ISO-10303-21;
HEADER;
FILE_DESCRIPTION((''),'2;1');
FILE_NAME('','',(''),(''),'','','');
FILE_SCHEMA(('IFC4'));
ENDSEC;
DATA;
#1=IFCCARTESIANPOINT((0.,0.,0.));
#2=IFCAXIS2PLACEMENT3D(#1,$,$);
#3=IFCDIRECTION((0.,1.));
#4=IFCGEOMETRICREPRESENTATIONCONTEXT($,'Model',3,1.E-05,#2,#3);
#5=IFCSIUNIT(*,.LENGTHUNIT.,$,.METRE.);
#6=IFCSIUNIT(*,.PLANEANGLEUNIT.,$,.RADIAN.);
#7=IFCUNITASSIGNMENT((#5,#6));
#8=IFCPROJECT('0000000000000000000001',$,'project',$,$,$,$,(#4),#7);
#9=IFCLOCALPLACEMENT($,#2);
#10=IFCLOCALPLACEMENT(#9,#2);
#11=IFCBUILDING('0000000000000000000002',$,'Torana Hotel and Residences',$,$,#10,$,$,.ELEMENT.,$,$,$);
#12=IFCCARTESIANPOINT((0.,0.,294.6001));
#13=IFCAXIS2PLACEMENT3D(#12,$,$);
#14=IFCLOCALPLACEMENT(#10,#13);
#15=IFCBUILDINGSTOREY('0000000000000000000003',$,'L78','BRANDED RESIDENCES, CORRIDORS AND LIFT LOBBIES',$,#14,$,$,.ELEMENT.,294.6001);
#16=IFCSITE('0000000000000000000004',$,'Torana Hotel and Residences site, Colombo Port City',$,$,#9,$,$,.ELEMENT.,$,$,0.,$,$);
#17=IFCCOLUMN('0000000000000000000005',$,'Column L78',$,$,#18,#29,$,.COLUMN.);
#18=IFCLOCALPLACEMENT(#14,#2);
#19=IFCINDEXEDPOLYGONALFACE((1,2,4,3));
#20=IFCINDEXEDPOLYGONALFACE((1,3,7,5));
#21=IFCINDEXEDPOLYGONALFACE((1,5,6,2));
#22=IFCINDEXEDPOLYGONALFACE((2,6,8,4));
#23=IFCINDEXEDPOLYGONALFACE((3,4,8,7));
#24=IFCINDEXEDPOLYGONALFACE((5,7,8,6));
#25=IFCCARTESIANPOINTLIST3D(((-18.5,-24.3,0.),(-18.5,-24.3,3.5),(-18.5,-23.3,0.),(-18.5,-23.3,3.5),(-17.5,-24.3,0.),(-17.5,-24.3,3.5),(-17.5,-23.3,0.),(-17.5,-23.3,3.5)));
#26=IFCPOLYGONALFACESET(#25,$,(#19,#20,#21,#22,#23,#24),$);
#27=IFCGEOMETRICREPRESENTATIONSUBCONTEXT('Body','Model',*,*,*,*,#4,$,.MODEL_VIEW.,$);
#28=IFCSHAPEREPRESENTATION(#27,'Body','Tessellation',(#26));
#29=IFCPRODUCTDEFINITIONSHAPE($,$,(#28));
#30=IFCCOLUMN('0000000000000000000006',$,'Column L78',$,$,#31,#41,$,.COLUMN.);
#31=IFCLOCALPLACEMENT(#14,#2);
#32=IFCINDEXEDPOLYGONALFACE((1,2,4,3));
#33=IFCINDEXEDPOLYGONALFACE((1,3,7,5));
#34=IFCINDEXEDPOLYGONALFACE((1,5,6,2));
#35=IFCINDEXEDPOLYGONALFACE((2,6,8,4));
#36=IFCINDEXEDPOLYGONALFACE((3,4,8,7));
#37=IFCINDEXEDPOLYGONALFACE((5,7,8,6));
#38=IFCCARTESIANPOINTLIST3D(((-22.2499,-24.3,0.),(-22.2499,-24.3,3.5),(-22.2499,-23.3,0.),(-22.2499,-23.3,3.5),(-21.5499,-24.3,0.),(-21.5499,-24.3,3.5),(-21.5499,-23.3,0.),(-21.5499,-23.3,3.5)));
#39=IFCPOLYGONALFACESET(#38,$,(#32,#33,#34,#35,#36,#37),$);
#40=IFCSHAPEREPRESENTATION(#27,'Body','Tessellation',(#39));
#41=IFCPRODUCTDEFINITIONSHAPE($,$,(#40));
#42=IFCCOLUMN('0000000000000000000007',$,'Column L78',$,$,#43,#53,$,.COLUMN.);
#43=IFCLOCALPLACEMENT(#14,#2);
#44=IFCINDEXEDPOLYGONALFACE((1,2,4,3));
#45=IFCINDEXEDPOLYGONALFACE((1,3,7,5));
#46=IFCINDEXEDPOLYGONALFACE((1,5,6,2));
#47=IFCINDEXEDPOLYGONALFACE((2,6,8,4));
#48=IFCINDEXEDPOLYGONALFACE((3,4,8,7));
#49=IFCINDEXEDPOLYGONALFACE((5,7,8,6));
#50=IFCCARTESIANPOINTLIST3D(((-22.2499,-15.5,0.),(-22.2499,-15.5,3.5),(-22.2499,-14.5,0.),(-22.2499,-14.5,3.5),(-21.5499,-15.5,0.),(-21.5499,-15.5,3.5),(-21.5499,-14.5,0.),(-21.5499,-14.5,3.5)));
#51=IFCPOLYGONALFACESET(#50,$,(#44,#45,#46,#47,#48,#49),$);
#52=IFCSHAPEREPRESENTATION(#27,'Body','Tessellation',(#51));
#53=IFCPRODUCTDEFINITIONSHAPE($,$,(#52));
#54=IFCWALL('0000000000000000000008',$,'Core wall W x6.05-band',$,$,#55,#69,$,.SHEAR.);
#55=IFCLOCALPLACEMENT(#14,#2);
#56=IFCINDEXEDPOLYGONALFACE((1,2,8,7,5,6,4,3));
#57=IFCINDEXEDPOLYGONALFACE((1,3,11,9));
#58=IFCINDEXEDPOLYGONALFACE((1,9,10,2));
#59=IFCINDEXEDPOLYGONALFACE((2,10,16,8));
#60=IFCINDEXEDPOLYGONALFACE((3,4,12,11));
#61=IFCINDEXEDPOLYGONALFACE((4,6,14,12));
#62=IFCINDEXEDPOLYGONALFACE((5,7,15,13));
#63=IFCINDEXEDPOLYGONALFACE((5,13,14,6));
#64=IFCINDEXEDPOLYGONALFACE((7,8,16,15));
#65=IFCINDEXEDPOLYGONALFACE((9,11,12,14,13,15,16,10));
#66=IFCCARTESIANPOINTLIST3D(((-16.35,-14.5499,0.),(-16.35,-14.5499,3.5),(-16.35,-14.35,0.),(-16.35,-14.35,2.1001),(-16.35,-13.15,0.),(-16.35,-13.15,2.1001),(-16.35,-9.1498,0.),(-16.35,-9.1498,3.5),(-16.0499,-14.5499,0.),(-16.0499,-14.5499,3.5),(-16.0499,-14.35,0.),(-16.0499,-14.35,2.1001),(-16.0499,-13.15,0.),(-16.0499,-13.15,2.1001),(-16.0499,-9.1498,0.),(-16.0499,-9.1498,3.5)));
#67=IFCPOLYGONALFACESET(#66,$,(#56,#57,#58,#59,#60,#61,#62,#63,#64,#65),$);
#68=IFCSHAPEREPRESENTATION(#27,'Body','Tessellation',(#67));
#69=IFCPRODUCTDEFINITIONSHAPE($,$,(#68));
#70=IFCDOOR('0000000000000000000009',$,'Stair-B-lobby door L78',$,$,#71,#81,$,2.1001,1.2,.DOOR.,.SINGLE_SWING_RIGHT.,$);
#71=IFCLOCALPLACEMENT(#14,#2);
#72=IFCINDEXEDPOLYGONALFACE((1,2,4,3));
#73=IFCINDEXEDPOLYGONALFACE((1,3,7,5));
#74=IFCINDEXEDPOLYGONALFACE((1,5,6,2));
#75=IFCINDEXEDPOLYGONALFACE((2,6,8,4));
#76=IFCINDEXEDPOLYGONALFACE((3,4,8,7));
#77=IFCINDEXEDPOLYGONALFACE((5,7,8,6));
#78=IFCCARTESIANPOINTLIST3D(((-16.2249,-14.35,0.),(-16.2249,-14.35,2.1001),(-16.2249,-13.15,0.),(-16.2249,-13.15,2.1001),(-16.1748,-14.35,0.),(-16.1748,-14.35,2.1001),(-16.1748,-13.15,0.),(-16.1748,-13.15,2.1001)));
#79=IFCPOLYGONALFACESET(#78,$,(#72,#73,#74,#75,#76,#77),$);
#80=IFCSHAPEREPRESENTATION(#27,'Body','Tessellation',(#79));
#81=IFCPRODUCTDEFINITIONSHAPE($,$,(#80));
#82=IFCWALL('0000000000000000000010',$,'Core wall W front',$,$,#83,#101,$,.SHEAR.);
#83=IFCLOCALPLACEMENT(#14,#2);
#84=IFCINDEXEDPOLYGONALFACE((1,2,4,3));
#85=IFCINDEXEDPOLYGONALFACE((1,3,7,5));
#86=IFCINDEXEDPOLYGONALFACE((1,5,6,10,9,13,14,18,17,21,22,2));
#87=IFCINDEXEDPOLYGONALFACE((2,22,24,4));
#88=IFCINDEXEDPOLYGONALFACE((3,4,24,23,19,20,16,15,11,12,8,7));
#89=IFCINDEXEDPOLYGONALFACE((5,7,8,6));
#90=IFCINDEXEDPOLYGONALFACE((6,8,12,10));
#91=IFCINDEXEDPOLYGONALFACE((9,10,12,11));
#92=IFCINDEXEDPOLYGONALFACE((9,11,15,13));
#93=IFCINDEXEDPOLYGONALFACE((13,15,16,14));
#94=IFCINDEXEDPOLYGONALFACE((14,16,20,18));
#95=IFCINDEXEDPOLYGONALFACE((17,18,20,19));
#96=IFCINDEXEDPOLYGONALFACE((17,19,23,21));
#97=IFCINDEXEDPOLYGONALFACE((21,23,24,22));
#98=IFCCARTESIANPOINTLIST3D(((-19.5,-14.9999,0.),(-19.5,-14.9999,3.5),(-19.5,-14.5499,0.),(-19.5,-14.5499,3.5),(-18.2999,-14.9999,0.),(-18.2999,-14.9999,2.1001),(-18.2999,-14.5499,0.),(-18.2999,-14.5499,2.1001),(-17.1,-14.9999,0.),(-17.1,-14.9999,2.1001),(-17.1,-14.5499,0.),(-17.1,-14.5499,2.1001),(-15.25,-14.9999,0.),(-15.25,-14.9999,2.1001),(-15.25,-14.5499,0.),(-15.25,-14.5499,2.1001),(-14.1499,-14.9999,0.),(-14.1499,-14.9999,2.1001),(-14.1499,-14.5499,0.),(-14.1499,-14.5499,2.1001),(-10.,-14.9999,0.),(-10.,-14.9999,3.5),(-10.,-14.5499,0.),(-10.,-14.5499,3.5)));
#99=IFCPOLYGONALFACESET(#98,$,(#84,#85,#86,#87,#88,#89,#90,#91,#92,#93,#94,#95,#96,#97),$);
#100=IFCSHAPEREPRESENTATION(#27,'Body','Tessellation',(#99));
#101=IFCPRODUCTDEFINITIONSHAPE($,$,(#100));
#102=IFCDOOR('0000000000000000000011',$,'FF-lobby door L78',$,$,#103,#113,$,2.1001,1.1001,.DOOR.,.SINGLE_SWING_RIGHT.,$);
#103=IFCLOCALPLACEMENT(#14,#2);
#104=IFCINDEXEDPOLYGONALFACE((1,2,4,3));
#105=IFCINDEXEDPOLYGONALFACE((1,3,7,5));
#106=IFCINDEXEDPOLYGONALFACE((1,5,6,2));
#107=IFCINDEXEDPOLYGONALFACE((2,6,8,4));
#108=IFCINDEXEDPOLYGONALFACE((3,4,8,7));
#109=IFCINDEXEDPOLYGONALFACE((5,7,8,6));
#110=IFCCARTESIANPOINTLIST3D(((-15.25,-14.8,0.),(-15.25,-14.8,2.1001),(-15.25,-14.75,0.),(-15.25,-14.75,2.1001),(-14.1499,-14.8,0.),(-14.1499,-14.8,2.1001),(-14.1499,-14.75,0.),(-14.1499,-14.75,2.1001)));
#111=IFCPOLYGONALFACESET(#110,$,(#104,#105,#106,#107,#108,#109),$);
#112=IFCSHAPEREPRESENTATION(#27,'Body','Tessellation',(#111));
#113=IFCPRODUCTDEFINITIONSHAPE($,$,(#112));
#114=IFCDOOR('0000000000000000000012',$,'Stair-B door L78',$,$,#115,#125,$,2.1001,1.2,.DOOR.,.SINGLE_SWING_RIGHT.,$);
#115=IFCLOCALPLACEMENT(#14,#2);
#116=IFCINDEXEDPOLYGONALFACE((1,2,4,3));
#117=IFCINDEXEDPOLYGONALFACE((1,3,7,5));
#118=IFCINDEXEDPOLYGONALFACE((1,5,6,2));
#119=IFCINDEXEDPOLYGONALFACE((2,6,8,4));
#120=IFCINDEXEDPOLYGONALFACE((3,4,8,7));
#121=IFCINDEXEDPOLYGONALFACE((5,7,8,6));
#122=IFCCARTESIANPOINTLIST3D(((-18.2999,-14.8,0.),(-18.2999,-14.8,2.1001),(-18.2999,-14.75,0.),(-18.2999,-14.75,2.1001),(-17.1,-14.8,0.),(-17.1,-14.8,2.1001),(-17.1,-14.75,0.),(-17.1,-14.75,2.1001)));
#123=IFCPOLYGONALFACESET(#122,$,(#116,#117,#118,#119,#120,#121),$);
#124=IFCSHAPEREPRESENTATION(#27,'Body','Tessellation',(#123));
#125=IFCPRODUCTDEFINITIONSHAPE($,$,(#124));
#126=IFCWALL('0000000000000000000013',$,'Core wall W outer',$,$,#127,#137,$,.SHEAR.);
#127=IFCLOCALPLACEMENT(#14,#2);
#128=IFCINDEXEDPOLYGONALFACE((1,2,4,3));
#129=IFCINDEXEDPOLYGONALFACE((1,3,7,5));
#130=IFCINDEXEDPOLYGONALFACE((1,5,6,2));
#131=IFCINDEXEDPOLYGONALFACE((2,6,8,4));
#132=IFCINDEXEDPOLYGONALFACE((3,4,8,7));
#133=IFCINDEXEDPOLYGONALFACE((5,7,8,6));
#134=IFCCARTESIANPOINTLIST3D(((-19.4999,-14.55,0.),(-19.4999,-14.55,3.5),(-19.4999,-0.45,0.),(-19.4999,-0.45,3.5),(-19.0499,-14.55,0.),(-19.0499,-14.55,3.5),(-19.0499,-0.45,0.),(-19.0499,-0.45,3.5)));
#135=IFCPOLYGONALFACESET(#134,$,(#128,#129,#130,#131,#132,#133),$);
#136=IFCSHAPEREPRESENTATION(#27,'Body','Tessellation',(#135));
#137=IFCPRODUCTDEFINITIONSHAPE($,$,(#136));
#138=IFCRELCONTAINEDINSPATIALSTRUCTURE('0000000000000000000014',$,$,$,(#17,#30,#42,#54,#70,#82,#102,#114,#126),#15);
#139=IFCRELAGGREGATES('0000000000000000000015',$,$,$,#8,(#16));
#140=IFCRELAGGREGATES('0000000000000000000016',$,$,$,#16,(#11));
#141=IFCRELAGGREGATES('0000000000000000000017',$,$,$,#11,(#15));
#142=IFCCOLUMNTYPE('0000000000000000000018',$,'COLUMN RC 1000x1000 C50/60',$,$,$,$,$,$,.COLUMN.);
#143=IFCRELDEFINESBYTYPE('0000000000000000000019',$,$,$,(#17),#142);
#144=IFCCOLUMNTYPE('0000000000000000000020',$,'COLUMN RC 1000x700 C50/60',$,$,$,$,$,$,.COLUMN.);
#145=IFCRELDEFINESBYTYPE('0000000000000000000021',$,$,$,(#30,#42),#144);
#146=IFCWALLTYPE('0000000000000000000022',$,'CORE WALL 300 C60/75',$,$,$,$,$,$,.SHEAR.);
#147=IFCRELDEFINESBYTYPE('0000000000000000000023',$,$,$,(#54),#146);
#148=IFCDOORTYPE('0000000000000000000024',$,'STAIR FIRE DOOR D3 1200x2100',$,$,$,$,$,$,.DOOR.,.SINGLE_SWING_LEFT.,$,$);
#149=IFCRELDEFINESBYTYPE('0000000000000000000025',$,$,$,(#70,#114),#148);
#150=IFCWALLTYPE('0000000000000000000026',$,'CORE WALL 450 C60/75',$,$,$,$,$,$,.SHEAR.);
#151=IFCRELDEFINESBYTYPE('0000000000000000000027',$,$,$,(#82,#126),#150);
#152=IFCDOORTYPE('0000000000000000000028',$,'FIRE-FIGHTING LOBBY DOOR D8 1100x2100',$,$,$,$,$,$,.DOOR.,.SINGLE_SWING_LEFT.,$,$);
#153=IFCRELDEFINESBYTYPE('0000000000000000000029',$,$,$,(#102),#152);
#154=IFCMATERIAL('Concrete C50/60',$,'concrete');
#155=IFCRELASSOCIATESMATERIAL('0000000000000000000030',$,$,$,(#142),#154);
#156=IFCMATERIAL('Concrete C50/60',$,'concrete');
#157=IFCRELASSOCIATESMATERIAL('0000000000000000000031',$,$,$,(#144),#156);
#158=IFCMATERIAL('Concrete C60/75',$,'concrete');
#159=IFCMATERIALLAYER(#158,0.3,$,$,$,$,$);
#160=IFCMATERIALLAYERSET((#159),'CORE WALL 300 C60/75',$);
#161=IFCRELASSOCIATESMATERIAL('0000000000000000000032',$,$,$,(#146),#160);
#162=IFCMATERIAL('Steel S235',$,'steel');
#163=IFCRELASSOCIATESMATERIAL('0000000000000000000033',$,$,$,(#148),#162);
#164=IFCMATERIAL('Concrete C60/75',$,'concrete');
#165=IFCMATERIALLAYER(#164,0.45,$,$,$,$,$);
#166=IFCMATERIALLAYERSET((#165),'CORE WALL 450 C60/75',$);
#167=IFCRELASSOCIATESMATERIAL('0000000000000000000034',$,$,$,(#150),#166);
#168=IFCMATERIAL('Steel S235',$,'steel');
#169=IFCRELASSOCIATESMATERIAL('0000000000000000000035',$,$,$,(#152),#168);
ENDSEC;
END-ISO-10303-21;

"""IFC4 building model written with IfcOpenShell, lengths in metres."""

from ifc_helpers import new_model, si_unit, direction, frame, frame_2d, origin, origin_2d, place, context, subcontext, project, spatial, rectangle, extrude, material, layer, layer_set, material_profile, profile_set, type_object, element, fill, save


model = new_model("IFC4")

# Units and contexts
model_context = context("Model", 3, precision=1e-05, world=origin(), true_north=direction((0.0, 1.0)))
body_context = subcontext(model_context, "Body", "Model", "MODEL_VIEW")
ifc_project = project(units=[si_unit("LENGTHUNIT", "METRE"), si_unit("PLANEANGLEUNIT", "RADIAN")], contexts=[model_context])

# Site, building, storey
site_placement = place(None, origin())
site = spatial("IfcSite", under=ifc_project, at=site_placement, Name="Torana Hotel and Residences site, Colombo Port City", CompositionType="ELEMENT", RefElevation=0.0)
building_placement = place(site_placement, origin())
building = spatial("IfcBuilding", under=site, at=building_placement, Name="Torana Hotel and Residences", CompositionType="ELEMENT")
storey_placement = place(building_placement, frame((0.0, 0.0, 294.6001)))
storey = spatial("IfcBuildingStorey", under=building, at=storey_placement, Name="L78", Description="BRANDED RESIDENCES, CORRIDORS AND LIFT LOBBIES", CompositionType="ELEMENT", Elevation=294.6001)

# Columns
ifc_material_1 = material(Name="Concrete C50/60", Category="concrete")
ifc_material_profile_1 = material_profile(ifc_material_1, rectangle(XDim=1.0, YDim=1.0, at=origin_2d()), Name="RC 1000x1000")
ifc_profile_set_1 = profile_set([ifc_material_profile_1], Name="Concrete C50/60")
column_type_1 = type_object("IfcColumnType", Name="COLUMN RC 1000x1000 C50/60", PredefinedType="COLUMN", material=ifc_profile_set_1)
column_placement = place(storey_placement, frame((-18.0, -23.8, 0.0), z_axis=(0.0, 0.0, 1.0), x_axis=(1.0, 0.0, 0.0)))
element("IfcColumn", 1, at=column_placement, inside=storey, type_object=column_type_1, Name="Column L78", PredefinedType="COLUMN", context=body_context, shape_type="SweptSolid", body=[
    extrude(rectangle(XDim=1.0, YDim=1.0, at=origin_2d()), origin(), (0.0, 0.0, 1.0), 3.5),
])
ifc_material_2 = material(Name="Concrete C50/60", Category="concrete")
ifc_material_profile_2 = material_profile(ifc_material_2, rectangle(XDim=1.0, YDim=0.7, at=origin_2d()), Name="RC 1000x700")
ifc_profile_set_2 = profile_set([ifc_material_profile_2], Name="Concrete C50/60")
column_type_2 = type_object("IfcColumnType", Name="COLUMN RC 1000x700 C50/60", PredefinedType="COLUMN", material=ifc_profile_set_2)
for number, where, z_axis, x_axis, name in (
    (2, (-21.8999, -23.8, 0.0), (0.0, 0.0, 1.0), (0.0, 1.0, 0.0), "Column L78"),
    (3, (-21.8999, -15.0, 0.0), (0.0, 0.0, 1.0), (0.0, 1.0, 0.0), "Column L78"),
):
    element("IfcColumn", number, at=place(storey_placement, frame(where, z_axis=z_axis, x_axis=x_axis)), inside=storey, type_object=column_type_2, Name=name, PredefinedType="COLUMN", context=body_context, shape_type="SweptSolid", body=[
        extrude(rectangle(XDim=1.0, YDim=0.7, at=origin_2d()), origin(), (0.0, 0.0, 1.0), 3.5),
    ])

# Wall, opening, door
ifc_material_3 = material(Name="Concrete C60/75", Category="concrete")
ifc_layer_1 = layer(ifc_material_3, 0.3)
ifc_layer_set_1 = layer_set([ifc_layer_1], Name="CORE WALL 300 C60/75")
wall_type_1 = type_object("IfcWallType", Name="CORE WALL 300 C60/75", PredefinedType="SHEAR", material=ifc_layer_set_1)
wall_1_placement = place(storey_placement, frame((-16.2, -14.55, 0.0), z_axis=(0.0, 0.0, 1.0), x_axis=(0.0, 1.0, 0.0)))
wall_1 = element("IfcWall", 4, at=wall_1_placement, inside=storey, type_object=wall_type_1, Name="Core wall W x6.05-band", PredefinedType="SHEAR", context=body_context, shape_type="SweptSolid", body=[
    extrude(rectangle(XDim=5.4001, YDim=0.3, at=frame_2d((2.7002, 0.0))), origin(), (0.0, 0.0, 1.0), 3.5),
])
opening_1_placement = place(wall_1_placement, frame((0.2, 0.0, 0.0)))
opening_1 = element("IfcOpeningElement", 5, at=opening_1_placement, cuts=wall_1, PredefinedType="OPENING", context=body_context, shape_type="SweptSolid", body=[
    extrude(rectangle(XDim=1.2, YDim=2.1001, at=frame_2d((0.6001, 1.05))), frame((0.0, 0.1599, 0.0), z_axis=(0.0, -1.0, 0.0), x_axis=(1.0, 0.0, 0.0)), (0.0, 0.0, 1.0), 0.3201),
])
ifc_material_4 = material(Name="Steel S235", Category="steel")
door_type_1 = type_object("IfcDoorType", Name="STAIR FIRE DOOR D3 1200x2100", OperationType="SINGLE_SWING_LEFT", PredefinedType="DOOR", material=ifc_material_4)
door_1_placement = place(opening_1_placement, origin())
door_1 = element("IfcDoor", 6, at=door_1_placement, inside=storey, type_object=door_type_1, Name="Stair-B-lobby door L78", OperationType="SINGLE_SWING_RIGHT", OverallHeight=2.1001, OverallWidth=1.2, PredefinedType="DOOR", context=body_context, shape_type="SweptSolid", body=[
    extrude(rectangle(XDim=1.2, YDim=2.1001, at=frame_2d((0.6001, 1.05))), frame((0.0, 0.0249, 0.0), z_axis=(0.0, -1.0, 0.0), x_axis=(1.0, 0.0, 0.0)), (0.0, 0.0, 1.0), 0.05),
])
fill(opening_1, door_1)

# Wall, openings, doors
ifc_material_5 = material(Name="Concrete C60/75", Category="concrete")
ifc_layer_2 = layer(ifc_material_5, 0.45)
ifc_layer_set_2 = layer_set([ifc_layer_2], Name="CORE WALL 450 C60/75")
wall_type_2 = type_object("IfcWallType", Name="CORE WALL 450 C60/75", PredefinedType="SHEAR", material=ifc_layer_set_2)
wall_2_placement = place(storey_placement, frame((-19.5, -14.7749, 0.0), z_axis=(0.0, 0.0, 1.0), x_axis=(1.0, 0.0, 0.0)))
wall_2 = element("IfcWall", 7, at=wall_2_placement, inside=storey, type_object=wall_type_2, Name="Core wall W front", PredefinedType="SHEAR", context=body_context, shape_type="SweptSolid", body=[
    extrude(rectangle(XDim=9.5, YDim=0.45, at=frame_2d((4.75, 0.0))), origin(), (0.0, 0.0, 1.0), 3.5),
])
opening_2_placement = place(wall_2_placement, frame((1.2, 0.0, 0.0)))
opening_2 = element("IfcOpeningElement", 8, at=opening_2_placement, cuts=wall_2, PredefinedType="OPENING", context=body_context, shape_type="SweptSolid", body=[
    extrude(rectangle(XDim=1.2, YDim=2.1001, at=frame_2d((0.6001, 1.05))), frame((0.0, 0.2349, 0.0), z_axis=(0.0, -1.0, 0.0), x_axis=(1.0, 0.0, 0.0)), (0.0, 0.0, 1.0), 0.47),
])
opening_3_placement = place(wall_2_placement, frame((4.25, 0.0, 0.0)))
opening_3 = element("IfcOpeningElement", 9, at=opening_3_placement, cuts=wall_2, PredefinedType="OPENING", context=body_context, shape_type="SweptSolid", body=[
    extrude(rectangle(XDim=1.1001, YDim=2.1001, at=frame_2d((0.55, 1.05))), frame((0.0, 0.2349, 0.0), z_axis=(0.0, -1.0, 0.0), x_axis=(1.0, 0.0, 0.0)), (0.0, 0.0, 1.0), 0.47),
])
ifc_material_6 = material(Name="Steel S235", Category="steel")
door_type_2 = type_object("IfcDoorType", Name="FIRE-FIGHTING LOBBY DOOR D8 1100x2100", OperationType="SINGLE_SWING_LEFT", PredefinedType="DOOR", material=ifc_material_6)
door_2_placement = place(opening_3_placement, origin())
door_2 = element("IfcDoor", 10, at=door_2_placement, inside=storey, type_object=door_type_2, Name="FF-lobby door L78", OperationType="SINGLE_SWING_RIGHT", OverallHeight=2.1001, OverallWidth=1.1001, PredefinedType="DOOR", context=body_context, shape_type="SweptSolid", body=[
    extrude(rectangle(XDim=1.1001, YDim=2.1001, at=frame_2d((0.55, 1.05))), frame((0.0, 0.0249, 0.0), z_axis=(0.0, -1.0, 0.0), x_axis=(1.0, 0.0, 0.0)), (0.0, 0.0, 1.0), 0.05),
])
fill(opening_3, door_2)
door_3_placement = place(opening_2_placement, origin())
door_3 = element("IfcDoor", 11, at=door_3_placement, inside=storey, type_object=door_type_1, Name="Stair-B door L78", OperationType="SINGLE_SWING_RIGHT", OverallHeight=2.1001, OverallWidth=1.2, PredefinedType="DOOR", context=body_context, shape_type="SweptSolid", body=[
    extrude(rectangle(XDim=1.2, YDim=2.1001, at=frame_2d((0.6001, 1.05))), frame((0.0, 0.0249, 0.0), z_axis=(0.0, -1.0, 0.0), x_axis=(1.0, 0.0, 0.0)), (0.0, 0.0, 1.0), 0.05),
])
fill(opening_2, door_3)

# Wall
wall_3_placement = place(storey_placement, frame((-19.2749, -14.55, 0.0), z_axis=(0.0, 0.0, 1.0), x_axis=(0.0, 1.0, 0.0)))
element("IfcWall", 12, at=wall_3_placement, inside=storey, type_object=wall_type_2, Name="Core wall W outer", PredefinedType="SHEAR", context=body_context, shape_type="SweptSolid", body=[
    extrude(rectangle(XDim=14.1001, YDim=0.45, at=frame_2d((7.05, 0.0))), origin(), (0.0, 0.0, 1.0), 3.5),
])

save(model, "model.ifc")
